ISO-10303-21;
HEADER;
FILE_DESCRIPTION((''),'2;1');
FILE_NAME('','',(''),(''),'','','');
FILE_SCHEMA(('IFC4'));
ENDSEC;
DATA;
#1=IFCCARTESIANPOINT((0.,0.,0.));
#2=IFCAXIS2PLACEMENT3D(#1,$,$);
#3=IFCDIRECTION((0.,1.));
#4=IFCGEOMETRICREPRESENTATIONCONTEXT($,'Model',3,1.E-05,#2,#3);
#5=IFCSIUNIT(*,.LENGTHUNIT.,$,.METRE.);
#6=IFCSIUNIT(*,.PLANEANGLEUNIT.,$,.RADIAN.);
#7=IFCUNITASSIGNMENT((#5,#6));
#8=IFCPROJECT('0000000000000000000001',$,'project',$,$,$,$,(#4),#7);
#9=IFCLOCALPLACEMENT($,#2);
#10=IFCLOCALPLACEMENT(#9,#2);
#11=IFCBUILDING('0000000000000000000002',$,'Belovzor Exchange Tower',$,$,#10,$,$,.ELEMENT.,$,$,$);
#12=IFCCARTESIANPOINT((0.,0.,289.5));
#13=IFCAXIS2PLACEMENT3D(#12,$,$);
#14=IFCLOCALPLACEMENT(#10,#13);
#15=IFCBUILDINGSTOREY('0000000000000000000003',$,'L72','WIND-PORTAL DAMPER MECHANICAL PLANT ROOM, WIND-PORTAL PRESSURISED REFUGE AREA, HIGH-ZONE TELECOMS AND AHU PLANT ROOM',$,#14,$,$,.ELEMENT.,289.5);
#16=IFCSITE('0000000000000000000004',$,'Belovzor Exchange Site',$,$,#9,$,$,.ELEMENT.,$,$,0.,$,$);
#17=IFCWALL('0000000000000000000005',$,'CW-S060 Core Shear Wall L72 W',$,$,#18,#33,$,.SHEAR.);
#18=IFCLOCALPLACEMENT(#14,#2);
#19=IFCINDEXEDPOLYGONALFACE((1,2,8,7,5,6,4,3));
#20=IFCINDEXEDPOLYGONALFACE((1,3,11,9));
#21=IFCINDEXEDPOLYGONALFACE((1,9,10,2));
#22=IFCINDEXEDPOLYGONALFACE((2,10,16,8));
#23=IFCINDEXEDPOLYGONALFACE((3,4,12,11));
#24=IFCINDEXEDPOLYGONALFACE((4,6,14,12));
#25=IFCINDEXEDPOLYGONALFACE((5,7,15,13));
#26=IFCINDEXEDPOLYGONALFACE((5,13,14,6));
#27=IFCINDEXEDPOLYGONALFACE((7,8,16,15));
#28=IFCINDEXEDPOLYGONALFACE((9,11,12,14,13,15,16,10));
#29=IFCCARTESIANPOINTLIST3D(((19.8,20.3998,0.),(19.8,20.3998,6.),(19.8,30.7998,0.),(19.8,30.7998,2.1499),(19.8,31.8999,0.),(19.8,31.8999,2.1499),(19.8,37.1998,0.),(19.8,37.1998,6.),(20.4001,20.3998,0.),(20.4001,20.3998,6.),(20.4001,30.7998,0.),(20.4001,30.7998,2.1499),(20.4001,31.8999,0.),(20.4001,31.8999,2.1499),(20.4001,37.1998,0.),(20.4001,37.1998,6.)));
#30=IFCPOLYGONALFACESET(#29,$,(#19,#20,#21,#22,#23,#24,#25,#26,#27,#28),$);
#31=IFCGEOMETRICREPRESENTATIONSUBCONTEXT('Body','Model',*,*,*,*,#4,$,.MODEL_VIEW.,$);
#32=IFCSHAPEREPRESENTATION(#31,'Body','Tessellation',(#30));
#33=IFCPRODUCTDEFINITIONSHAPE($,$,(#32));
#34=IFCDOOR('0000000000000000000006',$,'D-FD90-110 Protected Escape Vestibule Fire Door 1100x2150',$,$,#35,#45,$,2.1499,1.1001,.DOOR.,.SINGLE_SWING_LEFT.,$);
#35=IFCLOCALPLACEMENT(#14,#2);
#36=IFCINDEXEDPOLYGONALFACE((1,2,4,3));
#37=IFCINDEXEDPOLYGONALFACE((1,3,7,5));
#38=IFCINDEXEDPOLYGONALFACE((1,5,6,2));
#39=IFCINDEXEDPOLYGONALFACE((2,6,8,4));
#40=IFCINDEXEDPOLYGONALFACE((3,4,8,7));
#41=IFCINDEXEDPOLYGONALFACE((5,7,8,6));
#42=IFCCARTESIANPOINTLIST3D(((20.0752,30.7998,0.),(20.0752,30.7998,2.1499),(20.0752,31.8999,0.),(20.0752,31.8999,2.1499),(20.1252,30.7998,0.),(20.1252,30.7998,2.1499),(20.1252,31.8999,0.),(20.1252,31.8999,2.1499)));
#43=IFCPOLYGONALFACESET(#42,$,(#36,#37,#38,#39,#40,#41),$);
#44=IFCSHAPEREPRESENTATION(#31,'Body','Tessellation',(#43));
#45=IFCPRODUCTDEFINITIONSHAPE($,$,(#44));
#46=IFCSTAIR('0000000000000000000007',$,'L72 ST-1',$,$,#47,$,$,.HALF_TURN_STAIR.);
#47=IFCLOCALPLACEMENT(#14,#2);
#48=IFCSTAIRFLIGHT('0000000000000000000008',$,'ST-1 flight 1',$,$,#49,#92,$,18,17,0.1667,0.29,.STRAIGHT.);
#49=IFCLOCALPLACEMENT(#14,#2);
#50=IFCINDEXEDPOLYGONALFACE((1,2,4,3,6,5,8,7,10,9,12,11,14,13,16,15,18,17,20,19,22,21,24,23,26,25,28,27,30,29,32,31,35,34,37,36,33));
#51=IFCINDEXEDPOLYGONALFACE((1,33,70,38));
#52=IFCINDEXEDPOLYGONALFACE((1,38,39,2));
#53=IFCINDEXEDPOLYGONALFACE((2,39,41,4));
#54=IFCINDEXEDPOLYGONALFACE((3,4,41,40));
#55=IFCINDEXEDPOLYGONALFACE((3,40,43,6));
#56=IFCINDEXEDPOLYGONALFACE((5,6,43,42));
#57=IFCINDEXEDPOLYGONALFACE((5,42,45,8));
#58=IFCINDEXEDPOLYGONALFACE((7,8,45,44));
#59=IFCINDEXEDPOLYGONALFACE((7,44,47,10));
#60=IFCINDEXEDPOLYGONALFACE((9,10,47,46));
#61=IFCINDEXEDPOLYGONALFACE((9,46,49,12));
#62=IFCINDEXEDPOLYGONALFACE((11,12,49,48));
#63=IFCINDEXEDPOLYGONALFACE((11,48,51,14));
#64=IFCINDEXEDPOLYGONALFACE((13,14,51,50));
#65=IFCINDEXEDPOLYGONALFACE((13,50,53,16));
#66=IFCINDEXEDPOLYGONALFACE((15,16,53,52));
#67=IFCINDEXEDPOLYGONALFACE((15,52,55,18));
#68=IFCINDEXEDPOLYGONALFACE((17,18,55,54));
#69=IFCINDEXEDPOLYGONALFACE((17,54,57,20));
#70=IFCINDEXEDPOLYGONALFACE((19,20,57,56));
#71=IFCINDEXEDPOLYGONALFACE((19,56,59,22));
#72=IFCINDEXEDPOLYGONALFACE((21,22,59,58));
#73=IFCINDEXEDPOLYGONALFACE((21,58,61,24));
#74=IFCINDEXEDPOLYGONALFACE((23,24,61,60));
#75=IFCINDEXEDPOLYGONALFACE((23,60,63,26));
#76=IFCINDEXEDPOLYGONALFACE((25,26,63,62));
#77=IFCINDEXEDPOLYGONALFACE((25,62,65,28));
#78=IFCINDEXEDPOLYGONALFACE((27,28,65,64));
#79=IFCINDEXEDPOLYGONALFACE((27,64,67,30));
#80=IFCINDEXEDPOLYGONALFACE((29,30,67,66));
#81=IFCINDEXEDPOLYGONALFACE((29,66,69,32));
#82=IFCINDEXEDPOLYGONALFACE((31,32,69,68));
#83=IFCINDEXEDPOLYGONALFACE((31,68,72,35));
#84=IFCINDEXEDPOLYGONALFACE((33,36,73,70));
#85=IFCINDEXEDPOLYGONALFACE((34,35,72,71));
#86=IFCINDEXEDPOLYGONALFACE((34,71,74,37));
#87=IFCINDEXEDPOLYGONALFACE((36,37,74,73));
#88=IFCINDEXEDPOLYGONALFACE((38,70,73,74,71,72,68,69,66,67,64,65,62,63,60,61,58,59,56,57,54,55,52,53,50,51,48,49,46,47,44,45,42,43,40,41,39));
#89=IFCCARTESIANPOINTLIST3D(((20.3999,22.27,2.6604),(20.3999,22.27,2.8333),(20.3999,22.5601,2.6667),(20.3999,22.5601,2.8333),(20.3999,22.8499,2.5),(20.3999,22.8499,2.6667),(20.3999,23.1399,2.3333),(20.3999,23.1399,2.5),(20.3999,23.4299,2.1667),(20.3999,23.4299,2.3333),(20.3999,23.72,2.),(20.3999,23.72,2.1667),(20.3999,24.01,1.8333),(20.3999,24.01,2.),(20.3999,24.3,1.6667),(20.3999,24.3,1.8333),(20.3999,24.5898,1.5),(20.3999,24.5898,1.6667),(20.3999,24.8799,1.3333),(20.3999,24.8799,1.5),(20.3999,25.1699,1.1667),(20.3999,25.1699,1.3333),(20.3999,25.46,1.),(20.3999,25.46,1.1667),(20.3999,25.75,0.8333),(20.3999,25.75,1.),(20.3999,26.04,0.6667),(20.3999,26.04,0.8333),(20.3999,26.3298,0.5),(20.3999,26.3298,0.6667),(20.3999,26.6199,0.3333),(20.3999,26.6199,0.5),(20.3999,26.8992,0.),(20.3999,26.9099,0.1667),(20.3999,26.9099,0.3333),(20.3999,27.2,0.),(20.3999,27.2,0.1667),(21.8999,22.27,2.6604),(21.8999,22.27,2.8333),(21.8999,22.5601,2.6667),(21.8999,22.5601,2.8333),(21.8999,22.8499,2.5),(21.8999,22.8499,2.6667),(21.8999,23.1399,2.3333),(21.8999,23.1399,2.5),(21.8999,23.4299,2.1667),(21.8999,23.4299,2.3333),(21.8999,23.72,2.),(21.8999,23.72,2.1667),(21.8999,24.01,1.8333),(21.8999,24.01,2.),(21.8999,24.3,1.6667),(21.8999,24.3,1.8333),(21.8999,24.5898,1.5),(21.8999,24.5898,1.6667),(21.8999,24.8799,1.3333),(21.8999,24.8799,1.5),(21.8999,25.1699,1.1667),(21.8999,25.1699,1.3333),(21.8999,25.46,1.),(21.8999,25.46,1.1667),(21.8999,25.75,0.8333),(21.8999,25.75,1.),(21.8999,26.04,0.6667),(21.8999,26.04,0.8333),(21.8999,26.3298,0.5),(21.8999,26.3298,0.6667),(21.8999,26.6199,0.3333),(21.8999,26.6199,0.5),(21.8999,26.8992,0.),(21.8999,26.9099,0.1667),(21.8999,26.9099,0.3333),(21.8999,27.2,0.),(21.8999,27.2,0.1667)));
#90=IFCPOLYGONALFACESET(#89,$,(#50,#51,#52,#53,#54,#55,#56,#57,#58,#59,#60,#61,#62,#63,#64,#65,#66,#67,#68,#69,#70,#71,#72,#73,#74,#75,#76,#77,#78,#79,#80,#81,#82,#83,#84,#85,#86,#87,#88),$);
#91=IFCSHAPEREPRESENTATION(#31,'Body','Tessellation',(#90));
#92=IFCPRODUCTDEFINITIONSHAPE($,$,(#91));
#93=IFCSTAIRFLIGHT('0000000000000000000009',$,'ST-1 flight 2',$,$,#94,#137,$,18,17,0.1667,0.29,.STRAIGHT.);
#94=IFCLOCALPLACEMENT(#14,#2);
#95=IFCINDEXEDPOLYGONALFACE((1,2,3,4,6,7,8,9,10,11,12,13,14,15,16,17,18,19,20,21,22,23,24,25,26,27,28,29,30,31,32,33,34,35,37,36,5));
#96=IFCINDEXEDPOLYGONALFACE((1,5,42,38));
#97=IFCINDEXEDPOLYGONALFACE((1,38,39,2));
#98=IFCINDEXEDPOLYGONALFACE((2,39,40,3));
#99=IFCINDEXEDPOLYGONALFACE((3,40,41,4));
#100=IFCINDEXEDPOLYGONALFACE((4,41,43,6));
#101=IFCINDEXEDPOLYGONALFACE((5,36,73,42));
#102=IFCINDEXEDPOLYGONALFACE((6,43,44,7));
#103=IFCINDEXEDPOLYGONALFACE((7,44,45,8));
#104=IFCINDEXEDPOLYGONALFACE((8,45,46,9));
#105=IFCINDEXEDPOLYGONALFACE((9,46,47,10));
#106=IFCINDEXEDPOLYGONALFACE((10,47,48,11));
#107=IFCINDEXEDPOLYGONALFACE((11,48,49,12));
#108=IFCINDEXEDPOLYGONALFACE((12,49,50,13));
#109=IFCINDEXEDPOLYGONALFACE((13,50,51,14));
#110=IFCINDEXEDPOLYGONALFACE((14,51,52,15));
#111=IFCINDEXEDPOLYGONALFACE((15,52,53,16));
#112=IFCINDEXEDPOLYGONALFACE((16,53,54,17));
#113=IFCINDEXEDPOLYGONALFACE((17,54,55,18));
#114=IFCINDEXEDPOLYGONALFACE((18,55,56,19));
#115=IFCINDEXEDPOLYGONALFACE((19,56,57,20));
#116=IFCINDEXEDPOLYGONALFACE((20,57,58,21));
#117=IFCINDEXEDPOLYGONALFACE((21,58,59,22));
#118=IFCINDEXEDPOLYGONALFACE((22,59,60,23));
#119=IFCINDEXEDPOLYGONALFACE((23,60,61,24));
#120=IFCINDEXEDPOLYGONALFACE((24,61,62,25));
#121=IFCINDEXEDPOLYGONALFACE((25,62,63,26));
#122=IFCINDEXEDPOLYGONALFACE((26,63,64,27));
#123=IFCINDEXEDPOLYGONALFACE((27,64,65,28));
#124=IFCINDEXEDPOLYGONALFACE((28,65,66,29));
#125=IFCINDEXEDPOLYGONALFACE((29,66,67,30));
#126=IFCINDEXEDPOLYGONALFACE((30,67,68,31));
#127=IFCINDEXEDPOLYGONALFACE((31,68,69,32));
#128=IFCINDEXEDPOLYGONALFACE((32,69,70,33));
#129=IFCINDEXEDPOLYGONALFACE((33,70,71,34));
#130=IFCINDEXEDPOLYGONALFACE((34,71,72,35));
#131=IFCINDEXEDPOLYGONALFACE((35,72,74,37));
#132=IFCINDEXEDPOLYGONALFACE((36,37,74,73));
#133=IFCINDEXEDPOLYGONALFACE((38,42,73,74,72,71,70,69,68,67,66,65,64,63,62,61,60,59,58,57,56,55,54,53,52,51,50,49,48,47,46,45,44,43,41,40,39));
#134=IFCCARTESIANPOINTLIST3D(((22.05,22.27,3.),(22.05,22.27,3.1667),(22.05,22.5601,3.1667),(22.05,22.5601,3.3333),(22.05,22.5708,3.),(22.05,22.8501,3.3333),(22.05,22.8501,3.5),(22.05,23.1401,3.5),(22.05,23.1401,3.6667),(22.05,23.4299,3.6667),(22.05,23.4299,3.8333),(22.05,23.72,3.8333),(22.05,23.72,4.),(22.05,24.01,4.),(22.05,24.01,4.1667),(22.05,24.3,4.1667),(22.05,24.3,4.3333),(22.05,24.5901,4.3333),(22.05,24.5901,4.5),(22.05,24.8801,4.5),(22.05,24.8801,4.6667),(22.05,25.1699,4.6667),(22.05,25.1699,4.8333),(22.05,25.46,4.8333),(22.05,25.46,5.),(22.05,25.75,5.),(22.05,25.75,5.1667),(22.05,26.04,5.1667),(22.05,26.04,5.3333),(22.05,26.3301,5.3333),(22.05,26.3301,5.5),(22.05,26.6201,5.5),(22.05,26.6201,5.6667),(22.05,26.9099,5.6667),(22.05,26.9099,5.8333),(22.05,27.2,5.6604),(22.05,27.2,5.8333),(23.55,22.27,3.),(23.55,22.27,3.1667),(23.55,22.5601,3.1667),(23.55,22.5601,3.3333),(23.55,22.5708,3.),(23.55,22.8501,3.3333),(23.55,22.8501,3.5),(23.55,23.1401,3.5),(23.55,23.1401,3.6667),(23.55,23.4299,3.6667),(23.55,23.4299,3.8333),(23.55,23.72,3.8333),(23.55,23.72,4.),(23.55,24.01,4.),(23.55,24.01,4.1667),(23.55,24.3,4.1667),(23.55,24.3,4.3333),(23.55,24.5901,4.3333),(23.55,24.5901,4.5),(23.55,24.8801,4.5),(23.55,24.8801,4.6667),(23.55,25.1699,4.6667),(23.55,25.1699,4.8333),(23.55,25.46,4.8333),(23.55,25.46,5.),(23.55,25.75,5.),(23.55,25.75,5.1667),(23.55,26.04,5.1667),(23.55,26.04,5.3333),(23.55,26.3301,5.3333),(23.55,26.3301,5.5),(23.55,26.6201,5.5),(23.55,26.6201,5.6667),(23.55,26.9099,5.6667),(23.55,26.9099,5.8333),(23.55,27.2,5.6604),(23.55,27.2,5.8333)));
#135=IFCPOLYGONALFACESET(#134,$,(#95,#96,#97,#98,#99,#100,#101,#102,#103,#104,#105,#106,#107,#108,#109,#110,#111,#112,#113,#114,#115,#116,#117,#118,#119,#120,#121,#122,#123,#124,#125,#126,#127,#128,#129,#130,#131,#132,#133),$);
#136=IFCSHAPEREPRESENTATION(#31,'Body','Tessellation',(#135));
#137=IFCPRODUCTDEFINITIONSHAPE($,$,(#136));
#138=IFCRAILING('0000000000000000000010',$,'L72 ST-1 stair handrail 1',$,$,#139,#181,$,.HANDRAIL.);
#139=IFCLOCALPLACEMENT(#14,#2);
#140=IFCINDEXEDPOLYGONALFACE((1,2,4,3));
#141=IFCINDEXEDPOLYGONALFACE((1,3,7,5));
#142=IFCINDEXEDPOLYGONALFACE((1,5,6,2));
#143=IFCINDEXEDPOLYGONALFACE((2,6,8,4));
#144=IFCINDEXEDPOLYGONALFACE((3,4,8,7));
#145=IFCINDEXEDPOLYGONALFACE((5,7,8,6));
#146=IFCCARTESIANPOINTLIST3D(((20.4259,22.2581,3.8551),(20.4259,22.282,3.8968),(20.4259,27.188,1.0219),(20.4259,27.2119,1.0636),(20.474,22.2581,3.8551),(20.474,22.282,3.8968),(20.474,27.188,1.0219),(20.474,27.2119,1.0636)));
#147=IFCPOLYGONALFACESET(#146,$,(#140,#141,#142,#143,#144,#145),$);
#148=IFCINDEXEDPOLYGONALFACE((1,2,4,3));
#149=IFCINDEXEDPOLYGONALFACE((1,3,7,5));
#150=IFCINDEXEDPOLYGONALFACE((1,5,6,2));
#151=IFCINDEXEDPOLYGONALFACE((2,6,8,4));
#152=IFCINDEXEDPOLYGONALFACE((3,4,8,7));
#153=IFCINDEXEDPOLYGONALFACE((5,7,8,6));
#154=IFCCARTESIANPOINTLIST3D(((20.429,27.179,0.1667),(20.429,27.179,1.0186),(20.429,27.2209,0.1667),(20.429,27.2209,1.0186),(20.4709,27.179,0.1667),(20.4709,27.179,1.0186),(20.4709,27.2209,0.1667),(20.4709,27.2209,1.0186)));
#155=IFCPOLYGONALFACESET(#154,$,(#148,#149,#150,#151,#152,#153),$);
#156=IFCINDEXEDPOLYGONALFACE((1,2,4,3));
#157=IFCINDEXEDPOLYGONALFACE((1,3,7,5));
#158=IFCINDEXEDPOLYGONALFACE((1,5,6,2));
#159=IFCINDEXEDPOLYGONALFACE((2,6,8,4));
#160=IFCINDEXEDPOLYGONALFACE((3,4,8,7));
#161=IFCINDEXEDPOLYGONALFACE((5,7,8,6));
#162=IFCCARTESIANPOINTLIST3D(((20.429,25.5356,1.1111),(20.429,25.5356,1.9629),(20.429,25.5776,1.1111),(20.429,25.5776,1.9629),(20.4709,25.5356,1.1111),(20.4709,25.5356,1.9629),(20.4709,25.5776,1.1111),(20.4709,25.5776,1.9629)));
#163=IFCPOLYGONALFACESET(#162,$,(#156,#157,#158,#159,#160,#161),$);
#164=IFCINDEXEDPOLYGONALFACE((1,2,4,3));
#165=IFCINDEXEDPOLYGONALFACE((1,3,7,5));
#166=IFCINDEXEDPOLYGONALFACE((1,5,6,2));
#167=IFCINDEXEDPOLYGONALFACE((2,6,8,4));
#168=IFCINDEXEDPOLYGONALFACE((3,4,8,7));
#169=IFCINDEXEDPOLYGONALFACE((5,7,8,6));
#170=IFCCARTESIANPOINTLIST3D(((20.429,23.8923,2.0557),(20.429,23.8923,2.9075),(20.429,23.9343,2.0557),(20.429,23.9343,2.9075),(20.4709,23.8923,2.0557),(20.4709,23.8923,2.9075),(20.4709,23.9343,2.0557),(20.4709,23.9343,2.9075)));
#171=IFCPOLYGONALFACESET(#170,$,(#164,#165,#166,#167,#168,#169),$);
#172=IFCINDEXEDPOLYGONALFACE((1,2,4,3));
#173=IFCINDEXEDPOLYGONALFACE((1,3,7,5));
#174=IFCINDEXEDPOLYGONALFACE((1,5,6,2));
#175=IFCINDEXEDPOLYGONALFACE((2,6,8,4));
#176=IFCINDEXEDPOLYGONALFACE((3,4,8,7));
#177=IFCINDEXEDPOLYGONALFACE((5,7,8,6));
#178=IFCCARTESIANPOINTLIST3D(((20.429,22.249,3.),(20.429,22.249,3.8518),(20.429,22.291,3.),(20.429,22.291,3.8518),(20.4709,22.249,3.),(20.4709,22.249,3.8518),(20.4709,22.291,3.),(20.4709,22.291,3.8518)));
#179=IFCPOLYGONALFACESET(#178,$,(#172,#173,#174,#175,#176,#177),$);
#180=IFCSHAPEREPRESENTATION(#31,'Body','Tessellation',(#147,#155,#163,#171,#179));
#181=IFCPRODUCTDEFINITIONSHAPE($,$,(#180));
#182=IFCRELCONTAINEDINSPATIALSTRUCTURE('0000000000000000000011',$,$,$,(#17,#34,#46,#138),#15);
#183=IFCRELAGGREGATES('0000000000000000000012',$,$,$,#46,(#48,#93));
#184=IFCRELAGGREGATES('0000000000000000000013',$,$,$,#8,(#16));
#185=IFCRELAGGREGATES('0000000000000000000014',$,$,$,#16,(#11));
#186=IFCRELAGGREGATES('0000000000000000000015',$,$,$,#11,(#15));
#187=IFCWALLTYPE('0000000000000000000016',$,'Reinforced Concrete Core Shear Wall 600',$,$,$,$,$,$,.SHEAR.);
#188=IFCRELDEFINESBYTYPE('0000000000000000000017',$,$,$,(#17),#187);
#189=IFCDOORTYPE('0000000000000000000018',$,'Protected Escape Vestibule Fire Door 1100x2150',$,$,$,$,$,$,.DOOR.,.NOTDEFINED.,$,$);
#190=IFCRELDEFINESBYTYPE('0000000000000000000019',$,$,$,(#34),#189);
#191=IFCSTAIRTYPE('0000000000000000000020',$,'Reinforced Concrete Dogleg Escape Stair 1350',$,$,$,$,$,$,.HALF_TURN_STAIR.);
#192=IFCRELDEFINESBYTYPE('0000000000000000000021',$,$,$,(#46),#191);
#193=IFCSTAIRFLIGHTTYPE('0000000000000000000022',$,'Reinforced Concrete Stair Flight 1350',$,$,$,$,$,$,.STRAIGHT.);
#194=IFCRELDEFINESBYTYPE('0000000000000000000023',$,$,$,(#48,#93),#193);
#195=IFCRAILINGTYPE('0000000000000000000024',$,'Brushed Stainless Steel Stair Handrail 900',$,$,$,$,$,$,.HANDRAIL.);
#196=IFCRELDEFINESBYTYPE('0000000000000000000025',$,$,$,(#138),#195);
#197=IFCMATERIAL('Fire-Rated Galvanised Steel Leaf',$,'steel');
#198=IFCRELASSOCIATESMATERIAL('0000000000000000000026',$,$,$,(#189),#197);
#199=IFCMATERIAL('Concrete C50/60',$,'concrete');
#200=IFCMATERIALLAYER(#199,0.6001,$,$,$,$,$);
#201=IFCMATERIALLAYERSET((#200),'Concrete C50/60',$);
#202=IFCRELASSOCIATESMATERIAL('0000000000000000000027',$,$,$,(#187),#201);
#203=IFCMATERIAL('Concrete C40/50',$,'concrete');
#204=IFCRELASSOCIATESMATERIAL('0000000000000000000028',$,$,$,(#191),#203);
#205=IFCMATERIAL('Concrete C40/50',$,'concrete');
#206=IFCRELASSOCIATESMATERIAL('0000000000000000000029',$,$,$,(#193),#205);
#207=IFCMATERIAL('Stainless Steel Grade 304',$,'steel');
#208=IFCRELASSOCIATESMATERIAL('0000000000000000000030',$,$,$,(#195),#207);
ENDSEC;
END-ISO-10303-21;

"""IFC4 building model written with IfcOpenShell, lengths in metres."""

from ifc_helpers import new_model, si_unit, direction, frame, frame_2d, origin, origin_2d, place, context, subcontext, project, spatial, polyline, rectangle, outline, extrude, material, layer, layer_set, type_object, element, fill, aggregate, save


model = new_model("IFC4")

# Units and contexts
model_context = context("Model", 3, precision=1e-05, world=origin(), true_north=direction((0.0, 1.0)))
body_context = subcontext(model_context, "Body", "Model", "MODEL_VIEW")
ifc_project = project(units=[si_unit("LENGTHUNIT", "METRE"), si_unit("PLANEANGLEUNIT", "RADIAN")], contexts=[model_context])

# Site, building, storey
site_placement = place(None, origin())
site = spatial("IfcSite", under=ifc_project, at=site_placement, Name="Belovzor Exchange Site", CompositionType="ELEMENT", RefElevation=0.0)
building_placement = place(site_placement, origin())
building = spatial("IfcBuilding", under=site, at=building_placement, Name="Belovzor Exchange Tower", CompositionType="ELEMENT")
storey_placement = place(building_placement, frame((0.0, 0.0, 289.5)))
storey = spatial("IfcBuildingStorey", under=building, at=storey_placement, Name="L72", Description="WIND-PORTAL DAMPER MECHANICAL PLANT ROOM, WIND-PORTAL PRESSURISED REFUGE AREA, HIGH-ZONE TELECOMS AND AHU PLANT ROOM", CompositionType="ELEMENT", Elevation=289.5)

# Shared definitions
ifc_material_1 = material(Name="Fire-Rated Galvanised Steel Leaf", Category="steel")
door_type = type_object("IfcDoorType", Name="Protected Escape Vestibule Fire Door 1100x2150", OperationType="NOTDEFINED", PredefinedType="DOOR", material=ifc_material_1)

# Shared definitions
ifc_material_2 = material(Name="Concrete C50/60", Category="concrete")
ifc_layer_1 = layer(ifc_material_2, 0.6001)
ifc_layer_set_1 = layer_set([ifc_layer_1], Name="Concrete C50/60")
wall_type_1 = type_object("IfcWallType", Name="Reinforced Concrete Core Shear Wall 600", PredefinedType="SHEAR", material=ifc_layer_set_1)

# Wall, opening, door
wall_1_placement = place(storey_placement, frame((20.1001, 20.3999, 0.0), z_axis=(0.0, 0.0, 1.0), x_axis=(0.0, 1.0, 0.0)))
wall_1 = element("IfcWall", 1, at=wall_1_placement, inside=storey, type_object=wall_type_1, Name="CW-S060 Core Shear Wall L72 W", PredefinedType="SHEAR", context=body_context, shape_type="SweptSolid", body=[
    extrude(rectangle(XDim=16.8, YDim=0.6001, at=frame_2d((8.3999, 0.0))), origin(), (0.0, 0.0, 1.0), 6.0),
])
opening_1_placement = place(wall_1_placement, frame((10.3999, 0.0, 0.0)))
opening_1 = element("IfcOpeningElement", 2, at=opening_1_placement, cuts=wall_1, PredefinedType="OPENING", context=body_context, shape_type="SweptSolid", body=[
    extrude(rectangle(XDim=1.1001, YDim=2.1499, at=frame_2d((0.55, 1.075))), frame((0.0, 0.3101, 0.0), z_axis=(0.0, -1.0, 0.0), x_axis=(1.0, 0.0, 0.0)), (0.0, 0.0, 1.0), 0.6201),
])
door_1_placement = place(opening_1_placement, origin())
door_1 = element("IfcDoor", 3, at=door_1_placement, inside=storey, type_object=door_type, Name="D-FD90-110 Protected Escape Vestibule Fire Door 1100x2150", OperationType="SINGLE_SWING_LEFT", OverallHeight=2.1499, OverallWidth=1.1001, PredefinedType="DOOR", context=body_context, shape_type="SweptSolid", body=[
    extrude(rectangle(XDim=1.1001, YDim=2.1499, at=frame_2d((0.55, 1.075))), frame((0.0, 0.0249, 0.0), z_axis=(0.0, -1.0, 0.0), x_axis=(1.0, 0.0, 0.0)), (0.0, 0.0, 1.0), 0.05),
])
fill(opening_1, door_1)

# Stair, stair flights
ifc_material_3 = material(Name="Concrete C40/50", Category="concrete")
stair_type = type_object("IfcStairType", Name="Reinforced Concrete Dogleg Escape Stair 1350", PredefinedType="HALF_TURN_STAIR", material=ifc_material_3)
stair_placement = place(storey_placement, origin())
stair = element("IfcStair", 4, at=stair_placement, inside=storey, type_object=stair_type, Name="L72 ST-1", PredefinedType="HALF_TURN_STAIR")
ifc_material_4 = material(Name="Concrete C40/50", Category="concrete")
stair_flight_type = type_object("IfcStairFlightType", Name="Reinforced Concrete Stair Flight 1350", PredefinedType="STRAIGHT", material=ifc_material_4)
stair_flight_1_placement = place(storey_placement, frame((21.1499, 27.2, 0.0), z_axis=(0.0, 0.0, 1.0), x_axis=(0.0, -1.0, 0.0)))
stair_flight_1 = element("IfcStairFlight", 5, at=stair_flight_1_placement, type_object=stair_flight_type, Name="ST-1 flight 1", NumberOfRisers=18, NumberOfTreads=17, PredefinedType="STRAIGHT", RiserHeight=0.1667, TreadLength=0.29, context=body_context, shape_type="SweptSolid", body=[
    extrude(outline(polyline([(0.0, 0.0), (0.0, 0.1667), (0.29, 0.1667), (0.29, 0.3333), (0.5801, 0.3333), (0.5801, 0.5), (0.8701, 0.5), (0.8701, 0.6667), (1.1599, 0.6667), (1.1599, 0.8333), (1.45, 0.8333), (1.45, 1.0), (1.74, 1.0), (1.74, 1.1667), (2.03, 1.1667), (2.03, 1.3333), (2.3201, 1.3333), (2.3201, 1.5), (2.6101, 1.5), (2.6101, 1.6667), (2.8999, 1.6667), (2.8999, 1.8333), (3.1899, 1.8333), (3.1899, 2.0), (3.48, 2.0), (3.48, 2.1667), (3.77, 2.1667), (3.77, 2.3333), (4.0601, 2.3333), (4.0601, 2.5), (4.3501, 2.5), (4.3501, 2.6667), (4.6399, 2.6667), (4.6399, 2.8333), (4.9299, 2.8333), (4.9299, 3.0), (4.9299, 2.6604), (0.3008, 0.0), (0.0, 0.0)])), frame((0.0, 0.75, 0.0), z_axis=(0.0, -1.0, 0.0), x_axis=(1.0, 0.0, 0.0)), (0.0, 0.0, 1.0), 1.5),
])
stair_flight_2_placement = place(storey_placement, frame((22.8, 22.27, 3.0), z_axis=(0.0, 0.0, 1.0), x_axis=(0.0, 1.0, 0.0)))
stair_flight_2 = element("IfcStairFlight", 6, at=stair_flight_2_placement, type_object=stair_flight_type, Name="ST-1 flight 2", NumberOfRisers=18, NumberOfTreads=17, PredefinedType="STRAIGHT", RiserHeight=0.1667, TreadLength=0.29, context=body_context, shape_type="SweptSolid", body=[
    extrude(outline(polyline([(0.0, 0.0), (0.0, 0.1667), (0.29, 0.1667), (0.29, 0.3333), (0.5801, 0.3333), (0.5801, 0.5), (0.8701, 0.5), (0.8701, 0.6667), (1.1599, 0.6667), (1.1599, 0.8333), (1.45, 0.8333), (1.45, 1.0), (1.74, 1.0), (1.74, 1.1667), (2.03, 1.1667), (2.03, 1.3333), (2.3201, 1.3333), (2.3201, 1.5), (2.6101, 1.5), (2.6101, 1.6667), (2.8999, 1.6667), (2.8999, 1.8333), (3.1899, 1.8333), (3.1899, 2.0), (3.48, 2.0), (3.48, 2.1667), (3.77, 2.1667), (3.77, 2.3333), (4.0601, 2.3333), (4.0601, 2.5), (4.3501, 2.5), (4.3501, 2.6667), (4.6399, 2.6667), (4.6399, 2.8333), (4.9299, 2.8333), (4.9299, 3.0), (4.9299, 2.6604), (0.3008, 0.0), (0.0, 0.0)])), frame((0.0, 0.75, 0.0), z_axis=(0.0, -1.0, 0.0), x_axis=(1.0, 0.0, 0.0)), (0.0, 0.0, 1.0), 1.5),
])
aggregate(stair, [stair_flight_1, stair_flight_2])

# Railing
ifc_material_5 = material(Name="Stainless Steel Grade 304", Category="steel")
railing_type_1 = type_object("IfcRailingType", Name="Brushed Stainless Steel Stair Handrail 900", PredefinedType="HANDRAIL", material=ifc_material_5)
railing_1_placement = place(storey_placement, frame((20.45, 27.2, 0.1667)))
element("IfcRailing", 7, at=railing_1_placement, inside=storey, type_object=railing_type_1, Name="L72 ST-1 stair handrail 1", PredefinedType="HANDRAIL", context=body_context, shape_type="SweptSolid", body=[
    extrude(rectangle(XDim=0.0481, YDim=0.0481, at=origin_2d()), frame((0.0, 0.0, 0.876), z_axis=(0.0, -0.867017, 0.498278), x_axis=(1.0, 0.0, 0.0)), (0.0, 0.0, 1.0), 5.686),
    extrude(rectangle(XDim=0.042, YDim=0.042, at=origin_2d()), origin(), (0.0, 0.0, 1.0), 0.8518),
    extrude(rectangle(XDim=0.042, YDim=0.042, at=origin_2d()), frame((0.0, -1.6433, 0.9443)), (0.0, 0.0, 1.0), 0.8518),
    extrude(rectangle(XDim=0.042, YDim=0.042, at=origin_2d()), frame((0.0, -3.2866, 1.8889)), (0.0, 0.0, 1.0), 0.8518),
    extrude(rectangle(XDim=0.042, YDim=0.042, at=origin_2d()), frame((0.0, -4.9299, 2.8333)), (0.0, 0.0, 1.0), 0.8518),
])

save(model, "model.ifc")
